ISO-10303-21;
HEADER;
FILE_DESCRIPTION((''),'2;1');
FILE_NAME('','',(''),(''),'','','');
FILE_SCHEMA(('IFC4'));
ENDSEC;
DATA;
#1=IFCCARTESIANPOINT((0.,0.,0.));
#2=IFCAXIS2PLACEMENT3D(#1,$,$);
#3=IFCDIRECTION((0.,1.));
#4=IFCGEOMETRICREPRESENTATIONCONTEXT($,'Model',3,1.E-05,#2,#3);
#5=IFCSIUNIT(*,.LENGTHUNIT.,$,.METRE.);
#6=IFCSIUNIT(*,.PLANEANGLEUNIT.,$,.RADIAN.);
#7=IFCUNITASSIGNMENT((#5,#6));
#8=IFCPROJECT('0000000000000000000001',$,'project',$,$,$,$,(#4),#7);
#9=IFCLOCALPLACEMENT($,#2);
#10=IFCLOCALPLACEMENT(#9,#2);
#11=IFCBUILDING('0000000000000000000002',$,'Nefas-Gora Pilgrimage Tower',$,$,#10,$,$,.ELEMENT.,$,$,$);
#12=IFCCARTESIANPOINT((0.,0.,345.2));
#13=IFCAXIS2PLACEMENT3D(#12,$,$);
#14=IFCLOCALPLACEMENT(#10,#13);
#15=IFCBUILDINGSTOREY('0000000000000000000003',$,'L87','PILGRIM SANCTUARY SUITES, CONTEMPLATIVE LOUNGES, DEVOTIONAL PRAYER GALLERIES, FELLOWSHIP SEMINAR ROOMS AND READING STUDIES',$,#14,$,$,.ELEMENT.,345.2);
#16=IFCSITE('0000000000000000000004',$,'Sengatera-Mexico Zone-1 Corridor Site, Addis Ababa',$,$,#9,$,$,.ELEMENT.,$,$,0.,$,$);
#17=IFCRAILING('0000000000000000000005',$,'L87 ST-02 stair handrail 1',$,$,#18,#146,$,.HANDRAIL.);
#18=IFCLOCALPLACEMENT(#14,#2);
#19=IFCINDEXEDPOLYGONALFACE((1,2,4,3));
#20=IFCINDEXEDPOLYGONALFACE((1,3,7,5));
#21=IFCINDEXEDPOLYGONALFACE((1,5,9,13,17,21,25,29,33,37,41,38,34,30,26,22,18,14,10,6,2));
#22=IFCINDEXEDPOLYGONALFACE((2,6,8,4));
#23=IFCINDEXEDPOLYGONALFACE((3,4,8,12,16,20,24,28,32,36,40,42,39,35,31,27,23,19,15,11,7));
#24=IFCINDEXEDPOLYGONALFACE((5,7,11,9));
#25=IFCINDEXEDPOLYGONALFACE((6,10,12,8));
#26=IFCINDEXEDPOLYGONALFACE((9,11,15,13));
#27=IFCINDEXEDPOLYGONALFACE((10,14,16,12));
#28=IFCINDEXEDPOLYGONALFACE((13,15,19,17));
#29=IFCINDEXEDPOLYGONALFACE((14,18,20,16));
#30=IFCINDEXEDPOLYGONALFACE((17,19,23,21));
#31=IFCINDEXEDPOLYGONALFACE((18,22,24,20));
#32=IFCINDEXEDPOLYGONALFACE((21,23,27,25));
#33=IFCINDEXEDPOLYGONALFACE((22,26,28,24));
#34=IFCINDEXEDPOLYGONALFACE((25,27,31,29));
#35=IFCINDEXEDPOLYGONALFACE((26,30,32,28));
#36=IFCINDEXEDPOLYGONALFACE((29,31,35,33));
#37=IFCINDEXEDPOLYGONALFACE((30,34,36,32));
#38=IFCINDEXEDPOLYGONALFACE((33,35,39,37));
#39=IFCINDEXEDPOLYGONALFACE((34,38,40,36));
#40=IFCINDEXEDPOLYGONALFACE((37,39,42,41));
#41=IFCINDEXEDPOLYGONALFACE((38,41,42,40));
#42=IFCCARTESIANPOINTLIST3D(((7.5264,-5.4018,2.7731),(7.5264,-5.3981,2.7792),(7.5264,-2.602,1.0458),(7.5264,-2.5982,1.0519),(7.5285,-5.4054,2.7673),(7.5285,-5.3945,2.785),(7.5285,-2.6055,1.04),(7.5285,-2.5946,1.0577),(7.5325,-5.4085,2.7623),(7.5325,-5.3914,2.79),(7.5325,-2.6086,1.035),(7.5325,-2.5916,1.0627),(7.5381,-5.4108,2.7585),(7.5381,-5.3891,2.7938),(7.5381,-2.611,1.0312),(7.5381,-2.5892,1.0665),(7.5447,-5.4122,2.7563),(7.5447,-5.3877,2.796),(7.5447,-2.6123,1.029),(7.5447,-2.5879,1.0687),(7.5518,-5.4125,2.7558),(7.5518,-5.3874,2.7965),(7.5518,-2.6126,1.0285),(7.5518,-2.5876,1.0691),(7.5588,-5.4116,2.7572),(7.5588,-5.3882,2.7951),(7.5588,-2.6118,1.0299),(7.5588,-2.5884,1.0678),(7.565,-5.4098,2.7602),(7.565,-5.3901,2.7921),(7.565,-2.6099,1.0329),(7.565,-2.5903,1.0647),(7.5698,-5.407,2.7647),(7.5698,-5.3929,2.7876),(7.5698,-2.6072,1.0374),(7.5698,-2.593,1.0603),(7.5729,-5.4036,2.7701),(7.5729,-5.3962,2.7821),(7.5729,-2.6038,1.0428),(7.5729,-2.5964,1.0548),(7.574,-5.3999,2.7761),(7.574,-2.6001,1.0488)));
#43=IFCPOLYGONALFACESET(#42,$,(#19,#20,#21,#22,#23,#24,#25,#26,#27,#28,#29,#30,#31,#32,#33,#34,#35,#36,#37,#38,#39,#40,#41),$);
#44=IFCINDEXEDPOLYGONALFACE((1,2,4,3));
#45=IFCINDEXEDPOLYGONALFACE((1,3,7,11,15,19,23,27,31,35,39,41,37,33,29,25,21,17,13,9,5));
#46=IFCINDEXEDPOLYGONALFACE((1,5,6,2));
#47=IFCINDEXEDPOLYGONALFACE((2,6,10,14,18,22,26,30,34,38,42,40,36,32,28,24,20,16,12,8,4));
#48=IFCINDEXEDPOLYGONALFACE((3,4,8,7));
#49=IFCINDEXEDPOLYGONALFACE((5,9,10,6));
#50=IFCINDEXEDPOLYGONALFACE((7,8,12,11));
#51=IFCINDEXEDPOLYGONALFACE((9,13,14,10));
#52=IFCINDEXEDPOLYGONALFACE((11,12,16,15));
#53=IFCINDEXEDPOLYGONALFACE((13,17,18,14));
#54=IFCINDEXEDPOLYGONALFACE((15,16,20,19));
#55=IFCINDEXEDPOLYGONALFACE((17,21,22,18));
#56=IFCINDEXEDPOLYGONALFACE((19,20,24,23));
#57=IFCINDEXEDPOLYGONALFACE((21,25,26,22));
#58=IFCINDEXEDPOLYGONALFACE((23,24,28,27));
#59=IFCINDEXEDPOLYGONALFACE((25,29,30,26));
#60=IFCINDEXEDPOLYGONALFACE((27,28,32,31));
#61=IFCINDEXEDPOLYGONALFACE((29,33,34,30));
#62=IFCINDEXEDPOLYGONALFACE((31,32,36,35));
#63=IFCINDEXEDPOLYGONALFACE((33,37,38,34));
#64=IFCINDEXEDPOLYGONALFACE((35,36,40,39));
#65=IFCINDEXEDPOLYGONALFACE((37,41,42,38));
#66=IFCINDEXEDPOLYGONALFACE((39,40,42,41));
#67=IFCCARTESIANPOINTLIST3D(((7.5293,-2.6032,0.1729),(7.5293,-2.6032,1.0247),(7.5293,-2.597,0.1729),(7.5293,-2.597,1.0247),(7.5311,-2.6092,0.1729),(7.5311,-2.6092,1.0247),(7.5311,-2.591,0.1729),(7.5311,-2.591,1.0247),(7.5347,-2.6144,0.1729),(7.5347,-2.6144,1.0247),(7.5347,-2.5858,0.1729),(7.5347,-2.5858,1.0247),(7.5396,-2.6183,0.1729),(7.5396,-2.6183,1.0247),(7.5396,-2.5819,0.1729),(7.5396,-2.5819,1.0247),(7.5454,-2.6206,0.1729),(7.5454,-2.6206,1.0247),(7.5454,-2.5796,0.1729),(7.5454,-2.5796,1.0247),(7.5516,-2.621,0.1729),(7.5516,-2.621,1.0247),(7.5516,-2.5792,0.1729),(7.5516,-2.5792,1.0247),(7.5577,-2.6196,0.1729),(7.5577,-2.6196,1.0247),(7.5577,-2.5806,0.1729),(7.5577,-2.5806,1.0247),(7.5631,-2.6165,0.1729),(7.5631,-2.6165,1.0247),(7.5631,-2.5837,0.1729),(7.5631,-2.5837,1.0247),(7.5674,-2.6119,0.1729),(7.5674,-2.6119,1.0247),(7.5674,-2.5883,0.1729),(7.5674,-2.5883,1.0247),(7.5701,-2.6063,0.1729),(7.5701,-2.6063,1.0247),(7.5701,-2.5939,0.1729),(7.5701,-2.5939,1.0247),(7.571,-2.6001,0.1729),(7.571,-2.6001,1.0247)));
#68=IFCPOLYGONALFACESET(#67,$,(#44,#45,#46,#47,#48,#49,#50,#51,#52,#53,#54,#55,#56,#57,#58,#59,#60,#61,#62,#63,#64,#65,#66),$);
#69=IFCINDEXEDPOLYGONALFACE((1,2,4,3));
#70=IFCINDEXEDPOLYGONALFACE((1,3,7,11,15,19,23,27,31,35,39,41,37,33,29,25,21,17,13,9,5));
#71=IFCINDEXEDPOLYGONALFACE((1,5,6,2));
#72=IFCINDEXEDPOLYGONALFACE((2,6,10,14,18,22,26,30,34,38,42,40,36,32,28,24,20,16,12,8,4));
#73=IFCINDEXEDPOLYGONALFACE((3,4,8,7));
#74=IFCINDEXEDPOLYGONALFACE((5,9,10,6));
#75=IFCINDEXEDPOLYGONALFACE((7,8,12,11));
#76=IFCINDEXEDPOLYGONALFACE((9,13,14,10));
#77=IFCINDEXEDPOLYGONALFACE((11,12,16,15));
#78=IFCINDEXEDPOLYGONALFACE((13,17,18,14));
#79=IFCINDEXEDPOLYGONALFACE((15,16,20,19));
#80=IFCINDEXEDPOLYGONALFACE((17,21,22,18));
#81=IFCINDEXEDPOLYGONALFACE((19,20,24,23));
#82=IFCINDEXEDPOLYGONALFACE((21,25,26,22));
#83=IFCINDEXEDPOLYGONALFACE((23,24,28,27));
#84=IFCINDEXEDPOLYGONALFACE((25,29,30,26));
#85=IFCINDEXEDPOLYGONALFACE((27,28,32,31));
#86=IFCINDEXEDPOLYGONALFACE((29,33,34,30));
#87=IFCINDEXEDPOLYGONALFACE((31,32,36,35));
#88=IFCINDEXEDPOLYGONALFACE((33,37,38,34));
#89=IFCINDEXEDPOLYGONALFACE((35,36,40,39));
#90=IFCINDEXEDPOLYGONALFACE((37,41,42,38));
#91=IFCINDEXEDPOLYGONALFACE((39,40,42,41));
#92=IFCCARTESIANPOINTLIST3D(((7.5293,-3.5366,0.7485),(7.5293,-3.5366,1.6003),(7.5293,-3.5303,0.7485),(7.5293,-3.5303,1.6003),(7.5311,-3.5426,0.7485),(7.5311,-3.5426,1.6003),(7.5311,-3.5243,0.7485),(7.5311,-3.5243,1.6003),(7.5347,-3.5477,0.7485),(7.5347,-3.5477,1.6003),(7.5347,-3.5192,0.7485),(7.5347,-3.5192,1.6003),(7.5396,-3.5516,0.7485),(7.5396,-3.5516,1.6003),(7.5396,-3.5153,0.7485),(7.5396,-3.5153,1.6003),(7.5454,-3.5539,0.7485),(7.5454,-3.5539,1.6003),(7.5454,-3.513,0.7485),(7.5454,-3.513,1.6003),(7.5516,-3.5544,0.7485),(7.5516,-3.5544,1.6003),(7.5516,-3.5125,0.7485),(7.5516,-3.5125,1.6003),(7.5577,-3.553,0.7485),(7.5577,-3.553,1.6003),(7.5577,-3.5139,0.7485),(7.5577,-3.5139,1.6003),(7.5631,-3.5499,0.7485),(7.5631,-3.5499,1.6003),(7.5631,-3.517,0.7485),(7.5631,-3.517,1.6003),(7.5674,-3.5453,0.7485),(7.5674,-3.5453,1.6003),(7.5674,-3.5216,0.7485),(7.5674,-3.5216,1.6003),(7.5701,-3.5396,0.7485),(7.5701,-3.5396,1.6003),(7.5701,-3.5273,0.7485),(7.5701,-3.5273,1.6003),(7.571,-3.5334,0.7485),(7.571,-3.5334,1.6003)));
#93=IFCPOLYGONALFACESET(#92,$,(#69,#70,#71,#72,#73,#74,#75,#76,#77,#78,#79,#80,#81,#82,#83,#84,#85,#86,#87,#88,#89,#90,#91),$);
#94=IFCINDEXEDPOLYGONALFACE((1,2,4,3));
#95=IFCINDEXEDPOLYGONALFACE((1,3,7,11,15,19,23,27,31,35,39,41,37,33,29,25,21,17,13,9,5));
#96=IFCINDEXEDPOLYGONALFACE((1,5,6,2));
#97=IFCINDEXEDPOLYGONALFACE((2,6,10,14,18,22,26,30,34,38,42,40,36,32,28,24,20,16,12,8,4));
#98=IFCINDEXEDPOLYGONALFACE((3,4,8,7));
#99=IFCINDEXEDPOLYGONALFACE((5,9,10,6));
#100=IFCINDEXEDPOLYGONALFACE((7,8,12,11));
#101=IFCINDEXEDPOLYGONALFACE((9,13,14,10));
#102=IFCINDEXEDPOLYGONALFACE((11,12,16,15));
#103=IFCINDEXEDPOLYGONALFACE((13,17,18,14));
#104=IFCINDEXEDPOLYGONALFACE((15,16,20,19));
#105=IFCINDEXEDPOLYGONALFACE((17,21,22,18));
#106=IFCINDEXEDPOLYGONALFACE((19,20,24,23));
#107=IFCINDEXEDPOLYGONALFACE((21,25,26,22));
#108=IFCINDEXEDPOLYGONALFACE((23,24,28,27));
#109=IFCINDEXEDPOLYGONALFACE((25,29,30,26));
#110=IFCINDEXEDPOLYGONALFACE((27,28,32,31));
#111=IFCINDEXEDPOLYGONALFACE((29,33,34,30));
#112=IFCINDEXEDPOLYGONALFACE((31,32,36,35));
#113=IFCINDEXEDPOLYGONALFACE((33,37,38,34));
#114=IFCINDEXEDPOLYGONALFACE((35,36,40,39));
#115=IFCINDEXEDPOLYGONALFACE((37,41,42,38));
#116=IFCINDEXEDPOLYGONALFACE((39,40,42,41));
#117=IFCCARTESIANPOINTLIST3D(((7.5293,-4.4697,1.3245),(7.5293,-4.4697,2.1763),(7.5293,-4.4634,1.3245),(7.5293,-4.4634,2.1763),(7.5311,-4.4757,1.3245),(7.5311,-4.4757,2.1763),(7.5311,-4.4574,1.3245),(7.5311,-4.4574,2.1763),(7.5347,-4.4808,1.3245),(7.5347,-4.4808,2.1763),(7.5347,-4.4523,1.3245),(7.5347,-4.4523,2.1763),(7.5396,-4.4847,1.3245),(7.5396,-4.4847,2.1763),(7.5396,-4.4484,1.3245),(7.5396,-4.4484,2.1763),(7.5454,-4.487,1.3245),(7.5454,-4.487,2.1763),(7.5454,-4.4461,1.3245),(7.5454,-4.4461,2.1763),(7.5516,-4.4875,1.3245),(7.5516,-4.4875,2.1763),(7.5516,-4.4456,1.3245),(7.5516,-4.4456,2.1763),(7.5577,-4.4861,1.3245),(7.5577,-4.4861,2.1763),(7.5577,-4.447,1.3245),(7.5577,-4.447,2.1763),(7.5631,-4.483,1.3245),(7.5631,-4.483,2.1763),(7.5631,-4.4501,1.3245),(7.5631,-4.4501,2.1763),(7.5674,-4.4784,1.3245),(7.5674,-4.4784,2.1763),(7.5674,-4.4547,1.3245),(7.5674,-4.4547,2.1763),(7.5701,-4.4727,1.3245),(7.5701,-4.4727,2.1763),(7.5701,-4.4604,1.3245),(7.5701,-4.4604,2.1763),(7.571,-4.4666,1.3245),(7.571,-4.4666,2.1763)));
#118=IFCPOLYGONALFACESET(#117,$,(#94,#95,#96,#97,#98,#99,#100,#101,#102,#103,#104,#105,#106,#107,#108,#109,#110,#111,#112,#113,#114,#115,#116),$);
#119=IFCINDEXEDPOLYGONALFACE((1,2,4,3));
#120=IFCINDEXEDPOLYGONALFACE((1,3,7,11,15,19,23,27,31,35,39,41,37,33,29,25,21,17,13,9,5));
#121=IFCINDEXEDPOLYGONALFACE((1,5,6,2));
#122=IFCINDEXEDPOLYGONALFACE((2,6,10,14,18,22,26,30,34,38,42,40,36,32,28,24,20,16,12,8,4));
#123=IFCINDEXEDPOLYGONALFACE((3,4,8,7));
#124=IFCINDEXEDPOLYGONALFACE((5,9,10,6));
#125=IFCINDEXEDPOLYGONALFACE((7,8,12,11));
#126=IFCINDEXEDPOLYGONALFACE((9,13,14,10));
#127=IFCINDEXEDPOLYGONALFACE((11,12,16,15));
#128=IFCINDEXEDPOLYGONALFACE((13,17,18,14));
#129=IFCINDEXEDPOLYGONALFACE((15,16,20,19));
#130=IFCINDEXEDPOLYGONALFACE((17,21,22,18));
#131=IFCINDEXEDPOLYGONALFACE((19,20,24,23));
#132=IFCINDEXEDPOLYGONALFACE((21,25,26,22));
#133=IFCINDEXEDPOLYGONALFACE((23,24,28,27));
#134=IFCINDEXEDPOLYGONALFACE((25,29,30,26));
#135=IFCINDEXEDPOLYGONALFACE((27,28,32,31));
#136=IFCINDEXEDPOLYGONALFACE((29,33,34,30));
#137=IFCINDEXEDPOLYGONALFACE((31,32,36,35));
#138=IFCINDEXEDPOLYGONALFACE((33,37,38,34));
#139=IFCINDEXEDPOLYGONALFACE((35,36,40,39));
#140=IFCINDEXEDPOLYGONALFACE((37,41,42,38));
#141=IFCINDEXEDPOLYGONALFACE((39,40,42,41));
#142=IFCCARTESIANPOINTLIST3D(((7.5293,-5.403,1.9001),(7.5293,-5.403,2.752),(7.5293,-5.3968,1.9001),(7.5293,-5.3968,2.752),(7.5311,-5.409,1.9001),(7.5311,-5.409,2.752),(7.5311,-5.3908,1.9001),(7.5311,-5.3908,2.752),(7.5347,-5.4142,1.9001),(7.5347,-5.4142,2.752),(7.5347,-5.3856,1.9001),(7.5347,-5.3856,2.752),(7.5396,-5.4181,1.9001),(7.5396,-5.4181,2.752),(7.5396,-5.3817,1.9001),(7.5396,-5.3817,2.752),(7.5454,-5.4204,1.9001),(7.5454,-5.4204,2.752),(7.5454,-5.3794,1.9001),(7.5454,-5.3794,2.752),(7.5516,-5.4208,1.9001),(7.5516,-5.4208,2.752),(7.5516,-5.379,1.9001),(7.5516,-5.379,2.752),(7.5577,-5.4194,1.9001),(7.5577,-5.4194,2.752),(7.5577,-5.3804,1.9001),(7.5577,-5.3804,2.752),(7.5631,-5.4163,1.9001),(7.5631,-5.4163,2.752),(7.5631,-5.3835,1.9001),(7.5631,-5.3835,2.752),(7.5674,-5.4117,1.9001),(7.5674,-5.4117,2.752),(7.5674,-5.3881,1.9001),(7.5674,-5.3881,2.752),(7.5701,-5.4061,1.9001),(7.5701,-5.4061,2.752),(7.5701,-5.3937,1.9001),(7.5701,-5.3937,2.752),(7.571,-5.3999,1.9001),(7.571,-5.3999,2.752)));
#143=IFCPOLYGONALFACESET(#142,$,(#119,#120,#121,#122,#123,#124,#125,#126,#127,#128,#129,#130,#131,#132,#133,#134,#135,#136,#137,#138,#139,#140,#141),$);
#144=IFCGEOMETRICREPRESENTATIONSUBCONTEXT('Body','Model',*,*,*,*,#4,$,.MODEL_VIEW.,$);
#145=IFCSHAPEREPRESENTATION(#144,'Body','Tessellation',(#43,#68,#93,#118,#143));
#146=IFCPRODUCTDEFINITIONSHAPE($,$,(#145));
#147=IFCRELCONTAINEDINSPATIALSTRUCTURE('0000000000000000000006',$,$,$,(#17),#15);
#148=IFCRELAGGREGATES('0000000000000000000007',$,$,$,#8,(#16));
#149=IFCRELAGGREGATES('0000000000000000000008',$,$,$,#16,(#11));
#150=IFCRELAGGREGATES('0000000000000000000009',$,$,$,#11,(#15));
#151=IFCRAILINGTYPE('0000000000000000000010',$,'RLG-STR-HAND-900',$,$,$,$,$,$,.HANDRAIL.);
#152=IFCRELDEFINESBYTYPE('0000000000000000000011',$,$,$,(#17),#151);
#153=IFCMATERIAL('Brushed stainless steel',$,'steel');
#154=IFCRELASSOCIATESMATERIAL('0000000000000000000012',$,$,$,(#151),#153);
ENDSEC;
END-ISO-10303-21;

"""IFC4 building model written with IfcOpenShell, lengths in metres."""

from ifc_helpers import new_model, si_unit, direction, frame, origin, origin_2d, place, context, subcontext, project, spatial, circle, extrude, material, type_object, element, save


model = new_model("IFC4")

# Units and contexts
model_context = context("Model", 3, precision=1e-05, world=origin(), true_north=direction((0.0, 1.0)))
body_context = subcontext(model_context, "Body", "Model", "MODEL_VIEW")
ifc_project = project(units=[si_unit("LENGTHUNIT", "METRE"), si_unit("PLANEANGLEUNIT", "RADIAN")], contexts=[model_context])

# Site, building, storey
site_placement = place(None, origin())
site = spatial("IfcSite", under=ifc_project, at=site_placement, Name="Sengatera-Mexico Zone-1 Corridor Site, Addis Ababa", CompositionType="ELEMENT", RefElevation=0.0)
building_placement = place(site_placement, origin())
building = spatial("IfcBuilding", under=site, at=building_placement, Name="Nefas-Gora Pilgrimage Tower", CompositionType="ELEMENT")
storey_placement = place(building_placement, frame((0.0, 0.0, 345.2)))
storey = spatial("IfcBuildingStorey", under=building, at=storey_placement, Name="L87", Description="PILGRIM SANCTUARY SUITES, CONTEMPLATIVE LOUNGES, DEVOTIONAL PRAYER GALLERIES, FELLOWSHIP SEMINAR ROOMS AND READING STUDIES", CompositionType="ELEMENT", Elevation=345.2)

# Railing
ifc_material_1 = material(Name="Brushed stainless steel", Category="steel")
railing_type_1 = type_object("IfcRailingType", Name="RLG-STR-HAND-900", PredefinedType="HANDRAIL", material=ifc_material_1)
railing_1_placement = place(storey_placement, frame((7.55, -2.6001, 0.1729)))
element("IfcRailing", 1, at=railing_1_placement, inside=storey, type_object=railing_type_1, Name="L87 ST-02 stair handrail 1", PredefinedType="HANDRAIL", context=body_context, shape_type="SweptSolid", body=[
    extrude(circle(Radius=0.0239, at=origin_2d()), frame((0.0, 0.0, 0.876), z_axis=(0.0, -0.851069, 0.525054), x_axis=(1.0, 0.0, 0.0)), (0.0, 0.0, 1.0), 3.2898),
    extrude(circle(Radius=0.021, at=origin_2d()), origin(), (0.0, 0.0, 1.0), 0.8518),
    extrude(circle(Radius=0.021, at=origin_2d()), frame((0.0, -0.9333, 0.5757)), (0.0, 0.0, 1.0), 0.8518),
    extrude(circle(Radius=0.021, at=origin_2d()), frame((0.0, -1.8665, 1.1516)), (0.0, 0.0, 1.0), 0.8518),
    extrude(circle(Radius=0.021, at=origin_2d()), frame((0.0, -2.7998, 1.7273)), (0.0, 0.0, 1.0), 0.8518),
])

save(model, "model.ifc")
